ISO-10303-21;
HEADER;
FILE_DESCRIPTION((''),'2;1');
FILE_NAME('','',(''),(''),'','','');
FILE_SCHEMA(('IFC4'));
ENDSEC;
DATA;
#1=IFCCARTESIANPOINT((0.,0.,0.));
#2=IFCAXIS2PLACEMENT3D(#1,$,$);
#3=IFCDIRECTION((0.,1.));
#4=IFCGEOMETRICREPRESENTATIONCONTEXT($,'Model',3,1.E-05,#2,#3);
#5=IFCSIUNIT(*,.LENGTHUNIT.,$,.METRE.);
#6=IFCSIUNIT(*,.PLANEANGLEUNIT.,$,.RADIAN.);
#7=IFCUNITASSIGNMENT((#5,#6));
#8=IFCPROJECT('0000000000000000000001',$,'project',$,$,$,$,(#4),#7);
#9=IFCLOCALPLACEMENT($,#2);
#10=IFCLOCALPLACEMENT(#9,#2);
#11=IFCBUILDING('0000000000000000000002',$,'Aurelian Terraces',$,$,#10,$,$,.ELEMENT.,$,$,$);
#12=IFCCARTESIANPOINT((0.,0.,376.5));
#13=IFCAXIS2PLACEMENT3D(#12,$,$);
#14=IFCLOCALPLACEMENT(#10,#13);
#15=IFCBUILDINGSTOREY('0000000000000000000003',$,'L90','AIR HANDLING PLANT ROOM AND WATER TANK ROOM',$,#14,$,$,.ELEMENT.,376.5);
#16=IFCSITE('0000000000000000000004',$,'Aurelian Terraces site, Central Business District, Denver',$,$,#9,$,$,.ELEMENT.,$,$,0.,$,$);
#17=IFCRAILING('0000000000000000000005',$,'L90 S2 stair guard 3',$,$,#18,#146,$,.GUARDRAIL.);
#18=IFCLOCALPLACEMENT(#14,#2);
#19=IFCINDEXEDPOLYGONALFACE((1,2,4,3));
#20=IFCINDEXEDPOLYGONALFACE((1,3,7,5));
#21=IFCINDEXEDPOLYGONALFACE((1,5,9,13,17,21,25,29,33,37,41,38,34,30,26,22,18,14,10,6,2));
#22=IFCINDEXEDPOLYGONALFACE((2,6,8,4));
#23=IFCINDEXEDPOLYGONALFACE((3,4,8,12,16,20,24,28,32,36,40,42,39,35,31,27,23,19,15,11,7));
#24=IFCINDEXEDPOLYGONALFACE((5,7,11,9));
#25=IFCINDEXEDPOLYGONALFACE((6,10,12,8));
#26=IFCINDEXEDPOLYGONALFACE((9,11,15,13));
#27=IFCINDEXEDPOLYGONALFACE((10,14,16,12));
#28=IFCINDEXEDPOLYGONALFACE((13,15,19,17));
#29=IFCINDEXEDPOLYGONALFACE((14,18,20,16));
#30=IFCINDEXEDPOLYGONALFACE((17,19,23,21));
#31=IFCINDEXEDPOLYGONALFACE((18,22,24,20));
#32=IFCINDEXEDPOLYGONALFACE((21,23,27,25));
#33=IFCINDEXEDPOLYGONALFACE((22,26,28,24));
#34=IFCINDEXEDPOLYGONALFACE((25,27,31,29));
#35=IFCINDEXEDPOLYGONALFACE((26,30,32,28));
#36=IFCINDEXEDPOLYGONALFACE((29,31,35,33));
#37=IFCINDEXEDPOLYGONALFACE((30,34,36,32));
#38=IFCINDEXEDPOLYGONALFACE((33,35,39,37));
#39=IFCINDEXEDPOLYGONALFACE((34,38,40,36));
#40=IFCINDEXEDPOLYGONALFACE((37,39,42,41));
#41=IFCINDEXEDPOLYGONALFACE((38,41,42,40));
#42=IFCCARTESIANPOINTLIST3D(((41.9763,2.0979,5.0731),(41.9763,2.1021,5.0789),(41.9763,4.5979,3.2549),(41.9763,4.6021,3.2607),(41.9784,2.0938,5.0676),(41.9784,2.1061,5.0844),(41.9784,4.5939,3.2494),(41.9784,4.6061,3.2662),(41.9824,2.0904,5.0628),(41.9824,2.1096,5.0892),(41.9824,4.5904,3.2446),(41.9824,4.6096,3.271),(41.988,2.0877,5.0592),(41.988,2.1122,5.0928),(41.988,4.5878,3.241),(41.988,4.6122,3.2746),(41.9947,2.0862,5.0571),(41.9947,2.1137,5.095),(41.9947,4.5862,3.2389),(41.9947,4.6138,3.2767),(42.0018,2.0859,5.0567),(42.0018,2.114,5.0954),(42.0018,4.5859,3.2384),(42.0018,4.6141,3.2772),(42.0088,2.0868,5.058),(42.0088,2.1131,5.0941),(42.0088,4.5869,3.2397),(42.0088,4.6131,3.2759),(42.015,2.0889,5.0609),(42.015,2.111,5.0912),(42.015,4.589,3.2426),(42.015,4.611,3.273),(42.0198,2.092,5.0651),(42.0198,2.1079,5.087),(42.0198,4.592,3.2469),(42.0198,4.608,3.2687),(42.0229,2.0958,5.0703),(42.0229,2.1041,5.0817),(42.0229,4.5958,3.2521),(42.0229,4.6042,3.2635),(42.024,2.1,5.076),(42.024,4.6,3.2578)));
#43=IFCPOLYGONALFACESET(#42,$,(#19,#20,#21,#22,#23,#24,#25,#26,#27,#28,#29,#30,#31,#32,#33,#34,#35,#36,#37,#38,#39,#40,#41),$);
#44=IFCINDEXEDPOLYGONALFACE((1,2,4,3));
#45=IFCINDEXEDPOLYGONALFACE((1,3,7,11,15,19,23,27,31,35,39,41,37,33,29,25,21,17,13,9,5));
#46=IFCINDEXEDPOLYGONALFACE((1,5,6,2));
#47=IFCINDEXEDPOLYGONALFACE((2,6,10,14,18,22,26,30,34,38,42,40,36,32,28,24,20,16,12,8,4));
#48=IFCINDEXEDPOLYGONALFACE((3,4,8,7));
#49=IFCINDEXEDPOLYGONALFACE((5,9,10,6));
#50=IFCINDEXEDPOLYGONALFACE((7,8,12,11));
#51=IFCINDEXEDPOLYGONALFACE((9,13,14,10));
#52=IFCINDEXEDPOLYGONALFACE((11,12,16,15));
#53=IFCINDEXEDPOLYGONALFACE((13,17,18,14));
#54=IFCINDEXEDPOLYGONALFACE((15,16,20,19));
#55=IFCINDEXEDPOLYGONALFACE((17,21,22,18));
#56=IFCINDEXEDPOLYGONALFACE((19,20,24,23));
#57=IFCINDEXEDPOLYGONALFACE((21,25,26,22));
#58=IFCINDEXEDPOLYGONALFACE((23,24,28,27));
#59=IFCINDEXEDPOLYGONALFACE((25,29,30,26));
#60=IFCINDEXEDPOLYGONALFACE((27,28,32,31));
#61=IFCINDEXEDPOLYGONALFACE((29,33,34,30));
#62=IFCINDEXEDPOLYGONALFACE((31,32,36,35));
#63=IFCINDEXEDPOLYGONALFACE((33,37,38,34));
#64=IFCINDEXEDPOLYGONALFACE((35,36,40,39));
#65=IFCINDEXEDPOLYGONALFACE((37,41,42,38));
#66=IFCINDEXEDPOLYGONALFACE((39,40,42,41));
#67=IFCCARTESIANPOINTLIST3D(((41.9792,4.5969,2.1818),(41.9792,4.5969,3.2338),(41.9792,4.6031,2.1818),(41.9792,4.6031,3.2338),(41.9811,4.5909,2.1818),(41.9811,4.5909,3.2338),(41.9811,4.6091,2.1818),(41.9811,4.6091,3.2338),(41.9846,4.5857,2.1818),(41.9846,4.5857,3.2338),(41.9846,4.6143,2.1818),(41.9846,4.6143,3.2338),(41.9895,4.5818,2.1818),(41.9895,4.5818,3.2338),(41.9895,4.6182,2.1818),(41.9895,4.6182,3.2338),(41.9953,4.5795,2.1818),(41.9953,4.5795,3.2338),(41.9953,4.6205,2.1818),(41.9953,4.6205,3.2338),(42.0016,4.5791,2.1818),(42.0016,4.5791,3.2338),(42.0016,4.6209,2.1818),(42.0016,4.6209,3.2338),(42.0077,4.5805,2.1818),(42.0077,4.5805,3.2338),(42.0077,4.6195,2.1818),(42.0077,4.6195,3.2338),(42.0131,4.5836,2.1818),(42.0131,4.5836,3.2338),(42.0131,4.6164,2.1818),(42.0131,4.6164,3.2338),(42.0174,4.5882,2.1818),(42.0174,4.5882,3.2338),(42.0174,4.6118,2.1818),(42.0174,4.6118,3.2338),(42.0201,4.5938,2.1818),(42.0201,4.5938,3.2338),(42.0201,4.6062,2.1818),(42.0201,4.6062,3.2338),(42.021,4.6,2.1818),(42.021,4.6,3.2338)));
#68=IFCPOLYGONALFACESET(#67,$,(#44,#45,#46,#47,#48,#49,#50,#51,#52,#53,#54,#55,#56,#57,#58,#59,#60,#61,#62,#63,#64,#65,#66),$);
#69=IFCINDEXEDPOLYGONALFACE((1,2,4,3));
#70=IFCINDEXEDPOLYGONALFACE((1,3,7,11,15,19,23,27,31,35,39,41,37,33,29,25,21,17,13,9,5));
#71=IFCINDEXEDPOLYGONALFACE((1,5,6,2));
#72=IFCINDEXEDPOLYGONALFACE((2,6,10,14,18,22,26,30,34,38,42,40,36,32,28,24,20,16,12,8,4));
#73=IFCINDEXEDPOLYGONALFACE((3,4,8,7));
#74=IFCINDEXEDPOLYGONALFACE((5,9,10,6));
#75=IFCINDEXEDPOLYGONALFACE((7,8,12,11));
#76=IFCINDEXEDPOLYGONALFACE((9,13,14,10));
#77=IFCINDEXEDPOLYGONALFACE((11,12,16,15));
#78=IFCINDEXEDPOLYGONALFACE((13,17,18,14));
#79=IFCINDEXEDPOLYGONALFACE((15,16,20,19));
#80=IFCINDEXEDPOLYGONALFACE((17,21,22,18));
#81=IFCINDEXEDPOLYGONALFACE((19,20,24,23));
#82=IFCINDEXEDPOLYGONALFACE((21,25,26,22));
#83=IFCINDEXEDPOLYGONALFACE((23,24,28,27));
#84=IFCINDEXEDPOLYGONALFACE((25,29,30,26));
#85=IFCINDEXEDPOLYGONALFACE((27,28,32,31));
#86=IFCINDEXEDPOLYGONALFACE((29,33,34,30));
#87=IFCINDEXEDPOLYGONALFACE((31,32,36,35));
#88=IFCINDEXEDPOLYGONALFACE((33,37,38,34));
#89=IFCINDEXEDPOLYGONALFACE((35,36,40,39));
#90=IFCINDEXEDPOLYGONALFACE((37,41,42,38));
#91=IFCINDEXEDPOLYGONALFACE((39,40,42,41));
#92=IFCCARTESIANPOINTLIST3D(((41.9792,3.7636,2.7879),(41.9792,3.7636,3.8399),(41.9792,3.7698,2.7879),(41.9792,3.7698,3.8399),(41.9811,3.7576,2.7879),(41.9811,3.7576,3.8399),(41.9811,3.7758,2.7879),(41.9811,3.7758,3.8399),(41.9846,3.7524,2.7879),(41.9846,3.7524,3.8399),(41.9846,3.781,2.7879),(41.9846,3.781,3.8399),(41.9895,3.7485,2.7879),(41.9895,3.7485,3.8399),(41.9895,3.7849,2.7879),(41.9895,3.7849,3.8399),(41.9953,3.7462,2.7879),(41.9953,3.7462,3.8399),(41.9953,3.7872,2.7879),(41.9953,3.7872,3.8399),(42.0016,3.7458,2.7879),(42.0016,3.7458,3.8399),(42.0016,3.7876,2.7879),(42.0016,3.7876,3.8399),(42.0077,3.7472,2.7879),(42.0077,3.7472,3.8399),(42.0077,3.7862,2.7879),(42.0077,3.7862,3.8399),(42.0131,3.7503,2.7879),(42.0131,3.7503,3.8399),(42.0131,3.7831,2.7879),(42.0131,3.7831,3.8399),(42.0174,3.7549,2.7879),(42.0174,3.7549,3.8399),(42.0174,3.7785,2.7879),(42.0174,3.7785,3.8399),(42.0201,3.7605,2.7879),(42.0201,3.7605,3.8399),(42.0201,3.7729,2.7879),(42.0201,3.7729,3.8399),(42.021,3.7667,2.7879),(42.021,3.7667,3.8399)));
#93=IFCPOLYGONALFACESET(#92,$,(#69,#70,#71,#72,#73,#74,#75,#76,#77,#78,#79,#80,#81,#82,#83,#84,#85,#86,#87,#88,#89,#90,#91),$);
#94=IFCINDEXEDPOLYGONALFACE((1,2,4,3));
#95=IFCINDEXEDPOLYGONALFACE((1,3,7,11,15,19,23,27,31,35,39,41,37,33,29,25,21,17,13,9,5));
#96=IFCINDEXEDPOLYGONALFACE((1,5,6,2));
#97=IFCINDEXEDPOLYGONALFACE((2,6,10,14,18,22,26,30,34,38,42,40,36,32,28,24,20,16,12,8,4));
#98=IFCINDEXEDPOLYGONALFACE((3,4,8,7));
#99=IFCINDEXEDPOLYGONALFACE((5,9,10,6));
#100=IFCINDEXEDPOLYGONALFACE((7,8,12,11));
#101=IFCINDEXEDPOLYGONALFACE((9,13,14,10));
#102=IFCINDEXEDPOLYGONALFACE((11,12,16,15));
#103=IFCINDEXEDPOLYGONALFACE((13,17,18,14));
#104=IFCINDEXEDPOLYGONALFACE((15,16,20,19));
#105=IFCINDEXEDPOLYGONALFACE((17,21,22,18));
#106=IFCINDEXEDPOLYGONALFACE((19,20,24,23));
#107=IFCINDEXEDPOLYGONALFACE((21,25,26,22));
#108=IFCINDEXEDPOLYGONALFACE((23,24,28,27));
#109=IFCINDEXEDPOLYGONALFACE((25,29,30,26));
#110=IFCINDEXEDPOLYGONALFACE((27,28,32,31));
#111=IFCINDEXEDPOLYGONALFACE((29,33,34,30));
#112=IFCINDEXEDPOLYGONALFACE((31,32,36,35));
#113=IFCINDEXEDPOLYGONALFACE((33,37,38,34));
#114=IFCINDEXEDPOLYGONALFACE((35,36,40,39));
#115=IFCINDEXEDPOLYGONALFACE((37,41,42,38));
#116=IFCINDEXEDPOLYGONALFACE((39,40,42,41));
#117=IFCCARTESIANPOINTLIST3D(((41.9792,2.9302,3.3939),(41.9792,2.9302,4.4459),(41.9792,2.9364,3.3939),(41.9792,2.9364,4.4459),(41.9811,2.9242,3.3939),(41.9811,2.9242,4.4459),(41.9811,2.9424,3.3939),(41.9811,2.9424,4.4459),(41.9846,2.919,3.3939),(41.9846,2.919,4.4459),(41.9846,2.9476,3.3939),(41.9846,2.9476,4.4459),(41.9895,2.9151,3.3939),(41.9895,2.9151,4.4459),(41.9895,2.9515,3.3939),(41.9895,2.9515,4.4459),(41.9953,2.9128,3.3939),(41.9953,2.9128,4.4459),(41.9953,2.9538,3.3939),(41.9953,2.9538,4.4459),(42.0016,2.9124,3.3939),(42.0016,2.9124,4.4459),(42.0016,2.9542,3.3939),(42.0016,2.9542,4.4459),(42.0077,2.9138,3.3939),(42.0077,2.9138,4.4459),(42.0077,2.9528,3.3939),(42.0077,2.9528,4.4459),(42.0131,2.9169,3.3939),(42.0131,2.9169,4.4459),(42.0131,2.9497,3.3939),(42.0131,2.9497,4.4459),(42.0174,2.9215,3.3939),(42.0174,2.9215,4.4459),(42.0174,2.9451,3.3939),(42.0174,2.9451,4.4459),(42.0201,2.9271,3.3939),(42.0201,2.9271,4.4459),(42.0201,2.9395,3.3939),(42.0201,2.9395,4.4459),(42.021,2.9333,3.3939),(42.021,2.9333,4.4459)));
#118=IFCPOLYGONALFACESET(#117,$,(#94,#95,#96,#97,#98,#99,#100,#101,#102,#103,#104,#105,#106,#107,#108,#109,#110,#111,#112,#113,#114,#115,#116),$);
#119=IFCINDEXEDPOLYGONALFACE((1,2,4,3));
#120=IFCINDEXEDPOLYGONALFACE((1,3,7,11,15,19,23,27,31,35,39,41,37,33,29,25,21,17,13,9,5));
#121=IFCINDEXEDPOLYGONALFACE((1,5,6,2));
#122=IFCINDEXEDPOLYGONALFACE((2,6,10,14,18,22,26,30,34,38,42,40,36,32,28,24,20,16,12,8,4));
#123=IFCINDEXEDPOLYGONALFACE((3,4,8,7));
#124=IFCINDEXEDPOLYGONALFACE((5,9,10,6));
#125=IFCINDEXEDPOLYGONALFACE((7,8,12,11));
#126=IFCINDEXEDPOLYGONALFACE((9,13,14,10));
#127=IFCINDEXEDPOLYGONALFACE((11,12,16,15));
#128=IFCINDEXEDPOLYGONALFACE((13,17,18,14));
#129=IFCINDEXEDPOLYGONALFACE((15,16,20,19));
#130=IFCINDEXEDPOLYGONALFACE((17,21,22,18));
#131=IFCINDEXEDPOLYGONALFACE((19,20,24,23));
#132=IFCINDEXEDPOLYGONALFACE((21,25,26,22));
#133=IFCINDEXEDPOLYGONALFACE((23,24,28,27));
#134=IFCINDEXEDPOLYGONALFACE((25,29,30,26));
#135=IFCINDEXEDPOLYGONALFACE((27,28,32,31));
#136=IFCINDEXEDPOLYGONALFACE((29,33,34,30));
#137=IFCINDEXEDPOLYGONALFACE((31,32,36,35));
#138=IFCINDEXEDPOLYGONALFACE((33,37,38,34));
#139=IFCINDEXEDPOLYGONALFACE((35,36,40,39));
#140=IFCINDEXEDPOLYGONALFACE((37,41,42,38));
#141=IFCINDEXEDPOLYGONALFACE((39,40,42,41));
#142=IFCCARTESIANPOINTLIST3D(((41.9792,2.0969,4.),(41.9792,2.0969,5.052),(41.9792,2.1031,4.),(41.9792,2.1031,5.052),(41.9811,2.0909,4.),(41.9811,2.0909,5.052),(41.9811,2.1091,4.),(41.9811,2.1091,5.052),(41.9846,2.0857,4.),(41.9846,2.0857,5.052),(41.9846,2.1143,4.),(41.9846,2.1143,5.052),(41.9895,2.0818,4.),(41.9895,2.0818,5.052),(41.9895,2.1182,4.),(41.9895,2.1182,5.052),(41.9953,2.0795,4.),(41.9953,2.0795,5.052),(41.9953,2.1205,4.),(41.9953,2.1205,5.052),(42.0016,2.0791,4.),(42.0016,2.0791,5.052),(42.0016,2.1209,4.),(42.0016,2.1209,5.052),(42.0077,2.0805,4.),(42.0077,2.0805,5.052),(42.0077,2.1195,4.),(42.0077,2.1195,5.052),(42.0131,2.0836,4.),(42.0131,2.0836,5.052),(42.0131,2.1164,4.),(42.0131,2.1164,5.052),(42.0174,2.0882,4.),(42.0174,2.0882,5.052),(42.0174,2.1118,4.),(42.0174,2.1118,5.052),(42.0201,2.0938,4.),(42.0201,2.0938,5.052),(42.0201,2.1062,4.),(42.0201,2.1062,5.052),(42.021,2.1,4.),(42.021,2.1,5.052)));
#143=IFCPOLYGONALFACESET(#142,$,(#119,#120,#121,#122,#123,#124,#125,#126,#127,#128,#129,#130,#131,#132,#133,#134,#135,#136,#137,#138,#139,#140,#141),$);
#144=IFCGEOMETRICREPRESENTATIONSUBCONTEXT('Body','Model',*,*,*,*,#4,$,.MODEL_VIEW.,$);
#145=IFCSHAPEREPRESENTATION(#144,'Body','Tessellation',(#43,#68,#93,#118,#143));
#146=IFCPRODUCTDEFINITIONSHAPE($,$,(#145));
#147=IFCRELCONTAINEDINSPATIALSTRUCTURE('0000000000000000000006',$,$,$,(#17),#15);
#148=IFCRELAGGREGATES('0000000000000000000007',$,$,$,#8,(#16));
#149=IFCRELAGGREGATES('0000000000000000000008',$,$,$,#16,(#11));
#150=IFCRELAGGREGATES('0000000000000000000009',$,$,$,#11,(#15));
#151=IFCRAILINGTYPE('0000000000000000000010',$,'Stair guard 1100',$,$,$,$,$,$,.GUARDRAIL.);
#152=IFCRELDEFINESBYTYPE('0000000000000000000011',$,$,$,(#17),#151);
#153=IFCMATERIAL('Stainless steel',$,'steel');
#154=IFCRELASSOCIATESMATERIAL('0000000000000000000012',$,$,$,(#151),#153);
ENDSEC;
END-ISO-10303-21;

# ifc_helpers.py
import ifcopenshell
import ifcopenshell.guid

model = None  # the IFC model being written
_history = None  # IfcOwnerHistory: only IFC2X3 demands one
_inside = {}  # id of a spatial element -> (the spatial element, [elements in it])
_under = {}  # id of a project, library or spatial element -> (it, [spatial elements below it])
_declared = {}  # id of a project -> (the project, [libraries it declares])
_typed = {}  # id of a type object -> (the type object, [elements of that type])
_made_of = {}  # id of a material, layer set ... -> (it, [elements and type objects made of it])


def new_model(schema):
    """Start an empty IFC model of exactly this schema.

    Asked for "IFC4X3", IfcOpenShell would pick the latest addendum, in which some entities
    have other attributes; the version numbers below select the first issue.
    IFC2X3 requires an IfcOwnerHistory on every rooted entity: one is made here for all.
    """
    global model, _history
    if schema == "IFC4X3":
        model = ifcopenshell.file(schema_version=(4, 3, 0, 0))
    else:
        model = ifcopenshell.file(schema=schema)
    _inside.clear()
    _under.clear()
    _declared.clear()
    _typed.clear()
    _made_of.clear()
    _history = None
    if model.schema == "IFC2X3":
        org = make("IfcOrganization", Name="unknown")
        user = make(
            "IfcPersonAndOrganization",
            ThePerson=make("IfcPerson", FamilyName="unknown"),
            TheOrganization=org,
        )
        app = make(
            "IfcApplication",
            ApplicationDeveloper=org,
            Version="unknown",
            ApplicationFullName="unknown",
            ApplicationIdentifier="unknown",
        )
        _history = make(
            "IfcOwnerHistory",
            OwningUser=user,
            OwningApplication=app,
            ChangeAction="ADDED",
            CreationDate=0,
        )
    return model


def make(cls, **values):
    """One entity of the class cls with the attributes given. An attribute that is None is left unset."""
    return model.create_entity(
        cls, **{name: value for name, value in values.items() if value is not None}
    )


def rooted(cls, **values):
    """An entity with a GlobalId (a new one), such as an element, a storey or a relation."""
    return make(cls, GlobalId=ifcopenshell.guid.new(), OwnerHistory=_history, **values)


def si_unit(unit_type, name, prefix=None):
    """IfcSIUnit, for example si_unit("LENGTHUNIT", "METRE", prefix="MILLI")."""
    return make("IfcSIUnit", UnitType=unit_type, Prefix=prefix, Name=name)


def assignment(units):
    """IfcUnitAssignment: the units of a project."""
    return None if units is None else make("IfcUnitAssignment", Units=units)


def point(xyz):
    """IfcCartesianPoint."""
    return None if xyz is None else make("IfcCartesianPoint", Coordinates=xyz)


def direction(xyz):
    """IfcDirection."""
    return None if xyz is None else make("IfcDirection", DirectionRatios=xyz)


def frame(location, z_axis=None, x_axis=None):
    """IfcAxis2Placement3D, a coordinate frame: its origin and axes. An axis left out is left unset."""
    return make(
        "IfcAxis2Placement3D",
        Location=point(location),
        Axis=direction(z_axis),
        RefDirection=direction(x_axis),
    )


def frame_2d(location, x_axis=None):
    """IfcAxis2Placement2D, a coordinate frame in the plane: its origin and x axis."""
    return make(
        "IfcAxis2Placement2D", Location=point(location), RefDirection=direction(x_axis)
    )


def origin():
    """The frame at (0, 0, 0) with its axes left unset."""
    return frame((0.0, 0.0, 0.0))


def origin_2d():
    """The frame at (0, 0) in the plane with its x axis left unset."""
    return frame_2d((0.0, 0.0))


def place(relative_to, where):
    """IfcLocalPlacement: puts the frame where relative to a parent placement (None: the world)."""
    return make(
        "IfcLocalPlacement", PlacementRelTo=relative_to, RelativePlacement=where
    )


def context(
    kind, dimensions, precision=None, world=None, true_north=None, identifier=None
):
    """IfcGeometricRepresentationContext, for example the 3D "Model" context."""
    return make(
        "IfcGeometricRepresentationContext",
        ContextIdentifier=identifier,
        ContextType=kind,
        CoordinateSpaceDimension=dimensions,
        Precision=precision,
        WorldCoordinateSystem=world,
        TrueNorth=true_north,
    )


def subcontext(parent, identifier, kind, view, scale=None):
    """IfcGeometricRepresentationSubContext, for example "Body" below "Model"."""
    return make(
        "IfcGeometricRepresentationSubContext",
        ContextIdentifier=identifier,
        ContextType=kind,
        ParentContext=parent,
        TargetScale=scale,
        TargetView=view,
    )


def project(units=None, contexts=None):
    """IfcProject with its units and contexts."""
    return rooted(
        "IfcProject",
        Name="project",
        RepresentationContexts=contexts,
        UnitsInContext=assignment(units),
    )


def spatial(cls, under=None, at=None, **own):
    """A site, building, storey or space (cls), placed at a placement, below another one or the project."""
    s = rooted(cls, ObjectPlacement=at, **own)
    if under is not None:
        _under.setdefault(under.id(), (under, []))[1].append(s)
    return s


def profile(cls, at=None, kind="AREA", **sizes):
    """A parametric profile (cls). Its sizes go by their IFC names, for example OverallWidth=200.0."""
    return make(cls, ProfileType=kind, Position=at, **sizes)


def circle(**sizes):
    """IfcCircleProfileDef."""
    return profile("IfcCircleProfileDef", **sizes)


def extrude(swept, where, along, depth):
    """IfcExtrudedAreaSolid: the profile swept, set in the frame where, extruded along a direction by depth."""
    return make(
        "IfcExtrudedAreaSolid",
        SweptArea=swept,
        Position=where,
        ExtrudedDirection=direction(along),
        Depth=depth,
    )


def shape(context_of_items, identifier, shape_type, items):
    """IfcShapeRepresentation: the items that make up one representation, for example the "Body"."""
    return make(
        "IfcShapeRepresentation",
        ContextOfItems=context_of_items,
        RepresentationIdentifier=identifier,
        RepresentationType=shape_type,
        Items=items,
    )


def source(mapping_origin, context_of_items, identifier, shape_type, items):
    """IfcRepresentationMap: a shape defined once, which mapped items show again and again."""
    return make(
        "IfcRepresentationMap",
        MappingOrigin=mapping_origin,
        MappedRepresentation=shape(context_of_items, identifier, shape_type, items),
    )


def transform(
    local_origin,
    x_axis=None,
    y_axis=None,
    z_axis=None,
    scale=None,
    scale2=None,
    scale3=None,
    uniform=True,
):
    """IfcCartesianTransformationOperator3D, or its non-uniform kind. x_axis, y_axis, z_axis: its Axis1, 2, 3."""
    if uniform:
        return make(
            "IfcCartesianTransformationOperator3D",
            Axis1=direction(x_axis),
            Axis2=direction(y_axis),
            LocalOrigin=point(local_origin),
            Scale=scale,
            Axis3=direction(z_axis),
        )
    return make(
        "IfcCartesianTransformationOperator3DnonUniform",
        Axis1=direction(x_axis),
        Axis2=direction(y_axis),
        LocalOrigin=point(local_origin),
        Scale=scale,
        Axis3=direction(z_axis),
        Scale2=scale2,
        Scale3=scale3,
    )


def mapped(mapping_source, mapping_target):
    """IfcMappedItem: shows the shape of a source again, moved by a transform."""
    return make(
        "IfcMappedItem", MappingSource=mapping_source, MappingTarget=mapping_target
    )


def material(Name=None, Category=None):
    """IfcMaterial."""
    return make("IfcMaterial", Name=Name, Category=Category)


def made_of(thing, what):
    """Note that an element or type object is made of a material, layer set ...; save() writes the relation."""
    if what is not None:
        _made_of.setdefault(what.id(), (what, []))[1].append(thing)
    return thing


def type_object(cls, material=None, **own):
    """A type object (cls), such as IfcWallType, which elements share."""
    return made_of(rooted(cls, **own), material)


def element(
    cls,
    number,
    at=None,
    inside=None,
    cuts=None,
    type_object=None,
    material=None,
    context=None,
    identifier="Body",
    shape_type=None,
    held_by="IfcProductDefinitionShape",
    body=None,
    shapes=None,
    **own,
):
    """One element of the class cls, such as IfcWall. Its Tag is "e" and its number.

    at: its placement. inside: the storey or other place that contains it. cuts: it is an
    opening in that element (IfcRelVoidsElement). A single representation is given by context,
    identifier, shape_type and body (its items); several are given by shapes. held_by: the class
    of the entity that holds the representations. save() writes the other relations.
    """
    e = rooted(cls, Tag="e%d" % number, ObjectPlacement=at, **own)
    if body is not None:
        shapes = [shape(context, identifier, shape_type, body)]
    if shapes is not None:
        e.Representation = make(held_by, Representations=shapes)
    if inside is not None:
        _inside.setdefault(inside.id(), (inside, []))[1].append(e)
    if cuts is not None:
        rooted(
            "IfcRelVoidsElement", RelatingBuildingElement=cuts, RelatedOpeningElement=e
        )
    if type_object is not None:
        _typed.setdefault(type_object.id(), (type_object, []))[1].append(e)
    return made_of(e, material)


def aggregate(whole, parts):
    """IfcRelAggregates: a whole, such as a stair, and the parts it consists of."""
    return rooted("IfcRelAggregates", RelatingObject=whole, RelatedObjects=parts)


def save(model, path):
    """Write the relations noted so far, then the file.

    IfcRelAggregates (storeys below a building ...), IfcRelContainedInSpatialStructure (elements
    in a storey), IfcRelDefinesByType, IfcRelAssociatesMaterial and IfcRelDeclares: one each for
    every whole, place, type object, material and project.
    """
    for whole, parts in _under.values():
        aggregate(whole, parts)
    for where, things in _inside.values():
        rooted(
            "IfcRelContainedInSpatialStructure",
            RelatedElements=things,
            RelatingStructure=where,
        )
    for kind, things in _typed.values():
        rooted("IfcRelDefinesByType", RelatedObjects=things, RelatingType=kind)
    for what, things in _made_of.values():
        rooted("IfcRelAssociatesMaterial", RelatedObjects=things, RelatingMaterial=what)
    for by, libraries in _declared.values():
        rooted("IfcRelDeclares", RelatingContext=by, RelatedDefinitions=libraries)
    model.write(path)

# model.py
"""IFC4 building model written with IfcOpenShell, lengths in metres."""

from ifc_helpers import new_model, si_unit, direction, frame, origin, origin_2d, place, context, subcontext, project, spatial, circle, extrude, source, transform, mapped, material, type_object, element, save


model = new_model("IFC4")

# Units and contexts
model_context = context("Model", 3, precision=1e-05, world=origin(), true_north=direction((0.0, 1.0)))
body_context = subcontext(model_context, "Body", "Model", "MODEL_VIEW")
ifc_project = project(units=[si_unit("LENGTHUNIT", "METRE"), si_unit("PLANEANGLEUNIT", "RADIAN")], contexts=[model_context])

# Site, building, storey
site_placement = place(None, origin())
site = spatial("IfcSite", under=ifc_project, at=site_placement, Name="Aurelian Terraces site, Central Business District, Denver", CompositionType="ELEMENT", RefElevation=0.0)
building_placement = place(site_placement, origin())
building = spatial("IfcBuilding", under=site, at=building_placement, Name="Aurelian Terraces", CompositionType="ELEMENT")
storey_placement = place(building_placement, frame((0.0, 0.0, 376.5)))
storey = spatial("IfcBuildingStorey", under=building, at=storey_placement, Name="L90", Description="AIR HANDLING PLANT ROOM AND WATER TANK ROOM", CompositionType="ELEMENT", Elevation=376.5)

# Shared definitions
ifc_material_1 = material(Name="Stainless steel", Category="steel")

# Railing
railing_type_1 = type_object("IfcRailingType", Name="Stair guard 1100", PredefinedType="GUARDRAIL", material=ifc_material_1)
shared_shape_1 = source(origin(), body_context, "Body", "SweptSolid", [
    extrude(circle(Radius=0.024, at=origin_2d()), frame((0.0, 0.0, 1.076), z_axis=(0.0, -0.808733, 0.588176), x_axis=(1.0, 0.0, 0.0)), (0.0, 0.0, 1.0), 3.0913),
    extrude(circle(Radius=0.021, at=origin_2d()), origin(), (0.0, 0.0, 1.0), 1.052),
    extrude(circle(Radius=0.021, at=origin_2d()), frame((0.0, -0.8333, 0.6061)), (0.0, 0.0, 1.0), 1.052),
    extrude(circle(Radius=0.021, at=origin_2d()), frame((0.0, -1.6667, 1.2121)), (0.0, 0.0, 1.0), 1.052),
    extrude(circle(Radius=0.021, at=origin_2d()), frame((0.0, -2.5, 1.8182)), (0.0, 0.0, 1.0), 1.052),
])
railing_1_placement = place(storey_placement, frame((42.0, 4.6, 2.1818)))
element("IfcRailing", 1, at=railing_1_placement, inside=storey, type_object=railing_type_1, Name="L90 S2 stair guard 3", PredefinedType="GUARDRAIL", context=body_context, shape_type="MappedRepresentation", body=[
    mapped(shared_shape_1, transform((0.0, 0.0, 0.0), scale=1.0)),
])

save(model, "model.ifc")
